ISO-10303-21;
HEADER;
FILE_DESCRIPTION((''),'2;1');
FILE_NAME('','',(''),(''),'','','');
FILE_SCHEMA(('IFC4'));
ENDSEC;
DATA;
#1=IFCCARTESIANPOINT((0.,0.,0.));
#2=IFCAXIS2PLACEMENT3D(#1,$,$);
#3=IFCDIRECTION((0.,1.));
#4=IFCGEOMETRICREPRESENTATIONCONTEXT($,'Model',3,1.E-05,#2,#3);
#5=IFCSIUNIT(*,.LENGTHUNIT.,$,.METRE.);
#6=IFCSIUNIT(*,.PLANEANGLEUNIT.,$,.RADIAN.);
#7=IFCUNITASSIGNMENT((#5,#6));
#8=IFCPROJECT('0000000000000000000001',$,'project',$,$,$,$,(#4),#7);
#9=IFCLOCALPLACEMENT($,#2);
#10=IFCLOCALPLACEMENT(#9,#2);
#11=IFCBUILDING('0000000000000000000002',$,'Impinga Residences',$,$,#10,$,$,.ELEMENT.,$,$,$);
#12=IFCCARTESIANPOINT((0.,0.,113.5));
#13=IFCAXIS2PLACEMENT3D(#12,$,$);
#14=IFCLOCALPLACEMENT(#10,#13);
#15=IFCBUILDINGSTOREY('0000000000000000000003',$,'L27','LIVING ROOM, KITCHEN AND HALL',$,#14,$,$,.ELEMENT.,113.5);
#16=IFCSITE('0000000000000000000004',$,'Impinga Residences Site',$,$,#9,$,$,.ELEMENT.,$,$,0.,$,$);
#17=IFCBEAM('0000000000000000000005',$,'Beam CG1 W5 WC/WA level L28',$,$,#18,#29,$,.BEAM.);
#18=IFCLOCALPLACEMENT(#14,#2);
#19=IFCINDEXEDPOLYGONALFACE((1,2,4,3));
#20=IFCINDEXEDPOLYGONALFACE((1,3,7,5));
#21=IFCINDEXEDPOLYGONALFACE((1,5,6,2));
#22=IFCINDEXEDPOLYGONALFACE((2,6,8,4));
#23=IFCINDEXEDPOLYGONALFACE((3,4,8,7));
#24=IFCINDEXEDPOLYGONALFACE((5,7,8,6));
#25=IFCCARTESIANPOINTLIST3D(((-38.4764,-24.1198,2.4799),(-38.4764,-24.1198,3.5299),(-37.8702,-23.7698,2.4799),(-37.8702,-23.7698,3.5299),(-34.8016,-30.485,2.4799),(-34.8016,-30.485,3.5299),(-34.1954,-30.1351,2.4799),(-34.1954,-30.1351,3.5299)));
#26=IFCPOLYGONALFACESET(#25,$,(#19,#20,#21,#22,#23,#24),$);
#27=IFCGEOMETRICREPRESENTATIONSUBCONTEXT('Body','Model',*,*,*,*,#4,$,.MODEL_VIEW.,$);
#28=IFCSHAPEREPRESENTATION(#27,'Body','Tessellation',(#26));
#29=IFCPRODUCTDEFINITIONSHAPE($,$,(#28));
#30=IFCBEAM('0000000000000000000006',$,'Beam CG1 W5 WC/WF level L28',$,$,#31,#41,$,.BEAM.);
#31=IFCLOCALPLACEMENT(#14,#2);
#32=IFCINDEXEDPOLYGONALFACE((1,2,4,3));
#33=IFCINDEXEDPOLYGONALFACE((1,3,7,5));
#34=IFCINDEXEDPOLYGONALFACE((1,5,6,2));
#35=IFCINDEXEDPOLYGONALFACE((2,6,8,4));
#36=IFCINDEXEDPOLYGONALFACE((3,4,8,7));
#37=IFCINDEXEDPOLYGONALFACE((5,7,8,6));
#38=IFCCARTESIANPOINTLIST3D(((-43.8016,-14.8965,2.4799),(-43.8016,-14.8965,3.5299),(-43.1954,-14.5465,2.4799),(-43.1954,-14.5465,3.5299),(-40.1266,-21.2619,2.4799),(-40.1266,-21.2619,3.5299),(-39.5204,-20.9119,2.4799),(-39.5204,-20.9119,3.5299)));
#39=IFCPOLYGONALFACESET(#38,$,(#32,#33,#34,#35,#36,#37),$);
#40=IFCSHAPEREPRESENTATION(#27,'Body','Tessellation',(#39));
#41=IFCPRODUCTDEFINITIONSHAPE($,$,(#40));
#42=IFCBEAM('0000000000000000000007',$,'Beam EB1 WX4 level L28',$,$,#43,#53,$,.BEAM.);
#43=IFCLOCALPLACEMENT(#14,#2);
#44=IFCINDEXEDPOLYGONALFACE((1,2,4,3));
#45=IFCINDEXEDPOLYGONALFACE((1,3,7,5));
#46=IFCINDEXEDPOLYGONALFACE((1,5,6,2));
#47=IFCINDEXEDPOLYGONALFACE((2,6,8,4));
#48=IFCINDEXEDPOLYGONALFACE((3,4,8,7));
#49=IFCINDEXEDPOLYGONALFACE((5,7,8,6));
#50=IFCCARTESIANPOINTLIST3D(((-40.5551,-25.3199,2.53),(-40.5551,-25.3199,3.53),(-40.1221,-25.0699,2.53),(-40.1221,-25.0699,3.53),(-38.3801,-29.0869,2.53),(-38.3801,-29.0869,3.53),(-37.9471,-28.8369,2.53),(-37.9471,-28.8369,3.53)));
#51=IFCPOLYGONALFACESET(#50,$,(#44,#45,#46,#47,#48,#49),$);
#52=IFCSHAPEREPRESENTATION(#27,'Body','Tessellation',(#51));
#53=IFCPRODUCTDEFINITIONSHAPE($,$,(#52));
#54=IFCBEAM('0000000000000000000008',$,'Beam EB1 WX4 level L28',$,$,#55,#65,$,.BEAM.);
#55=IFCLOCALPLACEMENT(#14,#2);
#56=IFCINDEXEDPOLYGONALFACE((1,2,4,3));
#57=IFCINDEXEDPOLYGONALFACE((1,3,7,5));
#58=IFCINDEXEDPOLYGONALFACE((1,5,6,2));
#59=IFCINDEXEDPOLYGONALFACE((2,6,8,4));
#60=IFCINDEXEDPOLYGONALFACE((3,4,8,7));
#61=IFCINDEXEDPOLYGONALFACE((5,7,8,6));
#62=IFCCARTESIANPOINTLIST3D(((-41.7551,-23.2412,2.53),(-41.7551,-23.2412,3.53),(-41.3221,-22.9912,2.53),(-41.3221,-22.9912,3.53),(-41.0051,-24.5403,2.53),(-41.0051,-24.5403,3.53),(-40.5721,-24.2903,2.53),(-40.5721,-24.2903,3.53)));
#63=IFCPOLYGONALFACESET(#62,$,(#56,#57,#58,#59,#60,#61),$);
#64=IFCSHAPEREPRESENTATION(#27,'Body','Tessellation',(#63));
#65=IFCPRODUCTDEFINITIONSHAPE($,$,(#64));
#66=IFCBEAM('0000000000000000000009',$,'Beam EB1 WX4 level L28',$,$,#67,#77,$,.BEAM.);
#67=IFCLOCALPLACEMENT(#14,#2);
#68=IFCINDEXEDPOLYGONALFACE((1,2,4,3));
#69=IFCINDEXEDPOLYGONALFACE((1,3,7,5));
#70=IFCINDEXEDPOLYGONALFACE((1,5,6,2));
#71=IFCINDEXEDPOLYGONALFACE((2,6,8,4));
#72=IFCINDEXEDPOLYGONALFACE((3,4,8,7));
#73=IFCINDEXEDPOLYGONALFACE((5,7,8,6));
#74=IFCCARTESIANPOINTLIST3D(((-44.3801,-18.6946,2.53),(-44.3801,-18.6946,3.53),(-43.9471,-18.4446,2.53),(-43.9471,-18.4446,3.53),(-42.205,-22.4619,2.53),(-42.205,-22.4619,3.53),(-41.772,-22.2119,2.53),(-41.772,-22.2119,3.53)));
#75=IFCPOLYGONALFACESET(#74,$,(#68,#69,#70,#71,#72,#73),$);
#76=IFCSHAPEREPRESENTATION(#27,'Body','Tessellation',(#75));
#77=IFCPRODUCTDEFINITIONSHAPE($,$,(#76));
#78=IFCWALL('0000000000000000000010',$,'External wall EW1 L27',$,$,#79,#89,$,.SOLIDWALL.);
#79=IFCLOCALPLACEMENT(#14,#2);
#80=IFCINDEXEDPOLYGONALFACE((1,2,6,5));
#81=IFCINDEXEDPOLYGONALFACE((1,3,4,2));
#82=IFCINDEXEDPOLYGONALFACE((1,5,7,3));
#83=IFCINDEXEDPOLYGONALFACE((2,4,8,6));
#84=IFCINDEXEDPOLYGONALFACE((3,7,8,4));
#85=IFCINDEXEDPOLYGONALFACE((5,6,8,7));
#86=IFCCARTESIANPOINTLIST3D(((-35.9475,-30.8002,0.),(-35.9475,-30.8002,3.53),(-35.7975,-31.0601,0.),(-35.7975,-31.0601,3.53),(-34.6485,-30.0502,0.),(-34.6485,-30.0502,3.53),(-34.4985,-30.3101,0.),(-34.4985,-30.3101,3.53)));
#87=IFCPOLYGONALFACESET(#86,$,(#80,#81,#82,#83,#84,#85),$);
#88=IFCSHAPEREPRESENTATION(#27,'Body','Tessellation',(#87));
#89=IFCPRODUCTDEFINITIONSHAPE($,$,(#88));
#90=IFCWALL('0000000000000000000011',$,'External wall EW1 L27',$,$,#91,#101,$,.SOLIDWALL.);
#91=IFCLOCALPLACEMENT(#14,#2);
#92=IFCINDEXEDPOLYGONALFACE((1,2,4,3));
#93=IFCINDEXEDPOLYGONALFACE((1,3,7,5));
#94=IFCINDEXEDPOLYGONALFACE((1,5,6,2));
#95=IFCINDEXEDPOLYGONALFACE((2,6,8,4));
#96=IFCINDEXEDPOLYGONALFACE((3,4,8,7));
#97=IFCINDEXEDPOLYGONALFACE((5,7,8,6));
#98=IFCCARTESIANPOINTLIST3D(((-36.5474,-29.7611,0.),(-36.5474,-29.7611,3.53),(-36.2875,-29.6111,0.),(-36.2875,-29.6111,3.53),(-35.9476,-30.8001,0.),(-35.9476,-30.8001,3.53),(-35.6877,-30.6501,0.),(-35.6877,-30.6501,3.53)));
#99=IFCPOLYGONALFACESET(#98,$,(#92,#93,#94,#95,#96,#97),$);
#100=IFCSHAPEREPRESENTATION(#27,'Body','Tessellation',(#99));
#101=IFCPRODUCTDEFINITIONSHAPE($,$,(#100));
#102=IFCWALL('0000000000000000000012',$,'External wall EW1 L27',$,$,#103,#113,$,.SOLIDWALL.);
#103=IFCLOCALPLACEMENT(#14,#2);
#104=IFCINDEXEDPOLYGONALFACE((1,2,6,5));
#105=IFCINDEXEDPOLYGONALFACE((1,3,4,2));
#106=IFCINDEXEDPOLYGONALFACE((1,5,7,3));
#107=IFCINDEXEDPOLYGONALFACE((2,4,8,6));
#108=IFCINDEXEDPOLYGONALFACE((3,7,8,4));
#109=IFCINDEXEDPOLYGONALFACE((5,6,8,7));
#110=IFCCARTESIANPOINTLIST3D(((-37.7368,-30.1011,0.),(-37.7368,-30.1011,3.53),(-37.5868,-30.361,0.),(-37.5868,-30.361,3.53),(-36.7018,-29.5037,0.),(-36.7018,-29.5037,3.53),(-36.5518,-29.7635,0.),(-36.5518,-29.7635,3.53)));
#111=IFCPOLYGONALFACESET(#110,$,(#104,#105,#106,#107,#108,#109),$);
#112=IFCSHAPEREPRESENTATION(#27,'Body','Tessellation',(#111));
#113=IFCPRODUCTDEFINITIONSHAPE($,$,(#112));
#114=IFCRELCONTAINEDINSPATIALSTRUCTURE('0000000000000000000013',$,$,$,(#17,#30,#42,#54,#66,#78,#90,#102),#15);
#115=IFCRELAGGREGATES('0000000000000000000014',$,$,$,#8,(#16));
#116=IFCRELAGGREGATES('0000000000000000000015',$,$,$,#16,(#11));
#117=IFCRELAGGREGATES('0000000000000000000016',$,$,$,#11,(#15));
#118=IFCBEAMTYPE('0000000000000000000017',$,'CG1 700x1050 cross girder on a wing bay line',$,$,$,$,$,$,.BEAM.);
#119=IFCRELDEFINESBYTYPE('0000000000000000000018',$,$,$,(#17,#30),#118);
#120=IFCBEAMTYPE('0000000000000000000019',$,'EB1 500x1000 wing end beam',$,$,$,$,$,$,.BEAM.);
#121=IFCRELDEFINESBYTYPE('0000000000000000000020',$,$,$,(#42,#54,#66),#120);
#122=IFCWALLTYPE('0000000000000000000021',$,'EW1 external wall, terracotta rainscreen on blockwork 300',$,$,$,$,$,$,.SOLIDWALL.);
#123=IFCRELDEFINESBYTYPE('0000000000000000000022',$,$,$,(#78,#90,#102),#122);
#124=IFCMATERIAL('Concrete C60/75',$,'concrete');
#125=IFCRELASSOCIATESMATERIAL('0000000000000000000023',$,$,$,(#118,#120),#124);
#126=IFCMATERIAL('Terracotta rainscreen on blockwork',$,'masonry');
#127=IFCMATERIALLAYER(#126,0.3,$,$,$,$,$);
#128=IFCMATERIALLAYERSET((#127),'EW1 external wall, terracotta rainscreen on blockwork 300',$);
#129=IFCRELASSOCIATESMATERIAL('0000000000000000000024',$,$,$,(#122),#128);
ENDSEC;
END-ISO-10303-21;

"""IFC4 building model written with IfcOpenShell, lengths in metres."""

from ifc_helpers import new_model, si_unit, direction, frame, frame_2d, origin, origin_2d, place, context, subcontext, project, spatial, rectangle, extrude, material, layer, layer_set, material_profile, profile_set, type_object, element, save


model = new_model("IFC4")

# Units and contexts
model_context = context("Model", 3, precision=1e-05, world=origin(), true_north=direction((0.0, 1.0)))
body_context = subcontext(model_context, "Body", "Model", "MODEL_VIEW")
ifc_project = project(units=[si_unit("LENGTHUNIT", "METRE"), si_unit("PLANEANGLEUNIT", "RADIAN")], contexts=[model_context])

# Site, building, storey
site_placement = place(None, origin())
site = spatial("IfcSite", under=ifc_project, at=site_placement, Name="Impinga Residences Site", CompositionType="ELEMENT", RefElevation=0.0)
building_placement = place(site_placement, origin())
building = spatial("IfcBuilding", under=site, at=building_placement, Name="Impinga Residences", CompositionType="ELEMENT")
storey_placement = place(building_placement, frame((0.0, 0.0, 113.5)))
storey = spatial("IfcBuildingStorey", under=building, at=storey_placement, Name="L27", Description="LIVING ROOM, KITCHEN AND HALL", CompositionType="ELEMENT", Elevation=113.5)

# Beams
ifc_material_1 = material(Name="Concrete C60/75", Category="concrete")
ifc_material_profile_1 = material_profile(ifc_material_1, rectangle(XDim=0.7, YDim=1.05, at=origin_2d()), Name="RC 700x1050")
ifc_profile_set_1 = profile_set([ifc_material_profile_1], Name="Concrete C60/75")
beam_type_1 = type_object("IfcBeamType", Name="CG1 700x1050 cross girder on a wing bay line", PredefinedType="BEAM", material=ifc_profile_set_1)
beam_1_placement = place(storey_placement, frame((-38.1733, -23.9448, 3.0049), z_axis=(0.499983, -0.866035, 0.0), x_axis=(0.866035, 0.499983, 0.0)))
element("IfcBeam", 1, at=beam_1_placement, inside=storey, type_object=beam_type_1, Name="Beam CG1 W5 WC/WA level L28", PredefinedType="BEAM", context=body_context, shape_type="SweptSolid", body=[
    extrude(rectangle(XDim=0.7, YDim=1.05, at=origin_2d()), origin(), (0.0, 0.0, 1.0), 7.3499),
])
beam_2_placement = place(storey_placement, frame((-39.8235, -21.0869, 3.0049), z_axis=(-0.499994, 0.866029, 0.0), x_axis=(-0.866029, -0.499994, 0.0)))
element("IfcBeam", 2, at=beam_2_placement, inside=storey, type_object=beam_type_1, Name="Beam CG1 W5 WC/WF level L28", PredefinedType="BEAM", context=body_context, shape_type="SweptSolid", body=[
    extrude(rectangle(XDim=0.7, YDim=1.05, at=origin_2d()), origin(), (0.0, 0.0, 1.0), 7.3501),
])
ifc_material_profile_2 = material_profile(ifc_material_1, rectangle(XDim=0.5, YDim=1.0, at=origin_2d()), Name="RC 500x1000")
ifc_profile_set_2 = profile_set([ifc_material_profile_2], Name="Concrete C60/75")
beam_type_2 = type_object("IfcBeamType", Name="EB1 500x1000 wing end beam", PredefinedType="BEAM", material=ifc_profile_set_2)
beam_3_placement = place(storey_placement, frame((-38.1636, -28.9619, 3.03), z_axis=(-0.50002, 0.866014, 0.0), x_axis=(-0.866014, -0.50002, 0.0)))
element("IfcBeam", 3, at=beam_3_placement, inside=storey, type_object=beam_type_2, Name="Beam EB1 WX4 level L28", PredefinedType="BEAM", context=body_context, shape_type="SweptSolid", body=[
    extrude(rectangle(XDim=0.5, YDim=1.0, at=origin_2d()), origin(), (0.0, 0.0, 1.0), 4.3499),
])
beam_4_placement = place(storey_placement, frame((-40.7886, -24.4153, 3.03), z_axis=(-0.49999, 0.866031, 0.0), x_axis=(-0.866031, -0.49999, 0.0)))
element("IfcBeam", 4, at=beam_4_placement, inside=storey, type_object=beam_type_2, Name="Beam EB1 WX4 level L28", PredefinedType="BEAM", context=body_context, shape_type="SweptSolid", body=[
    extrude(rectangle(XDim=0.5, YDim=1.0, at=origin_2d()), origin(), (0.0, 0.0, 1.0), 1.5),
])
beam_5_placement = place(storey_placement, frame((-41.9885, -22.3369, 3.03), z_axis=(-0.499996, 0.866028, 0.0), x_axis=(-0.866028, -0.499996, 0.0)))
element("IfcBeam", 5, at=beam_5_placement, inside=storey, type_object=beam_type_2, Name="Beam EB1 WX4 level L28", PredefinedType="BEAM", context=body_context, shape_type="SweptSolid", body=[
    extrude(rectangle(XDim=0.5, YDim=1.0, at=origin_2d()), origin(), (0.0, 0.0, 1.0), 4.3501),
])

# Walls
ifc_material_2 = material(Name="Terracotta rainscreen on blockwork", Category="masonry")
ifc_layer_1 = layer(ifc_material_2, 0.3)
ifc_layer_set_1 = layer_set([ifc_layer_1], Name="EW1 external wall, terracotta rainscreen on blockwork 300")
wall_type_1 = type_object("IfcWallType", Name="EW1 external wall, terracotta rainscreen on blockwork 300", PredefinedType="SOLIDWALL", material=ifc_layer_set_1)
wall_1_placement = place(storey_placement, frame((-34.5735, -30.1802, 0.0), z_axis=(0.0, 0.0, 1.0), x_axis=(-0.866031, -0.49999, 0.0)))
element("IfcWall", 6, at=wall_1_placement, inside=storey, type_object=wall_type_1, Name="External wall EW1 L27", PredefinedType="SOLIDWALL", context=body_context, shape_type="SweptSolid", body=[
    extrude(rectangle(XDim=1.5, YDim=0.3, at=frame_2d((0.75, 0.0))), origin(), (0.0, 0.0, 1.0), 3.53),
])
wall_2_placement = place(storey_placement, frame((-35.8176, -30.7251, 0.0), z_axis=(0.0, 0.0, 1.0), x_axis=(-0.499969, 0.866043, 0.0)))
element("IfcWall", 7, at=wall_2_placement, inside=storey, type_object=wall_type_1, Name="External wall EW1 L27", PredefinedType="SOLIDWALL", context=body_context, shape_type="SweptSolid", body=[
    extrude(rectangle(XDim=1.1997, YDim=0.3, at=frame_2d((0.5999, 0.0))), origin(), (0.0, 0.0, 1.0), 3.53),
])
wall_3_placement = place(storey_placement, frame((-36.6267, -29.6335, 0.0), z_axis=(0.0, 0.0, 1.0), x_axis=(-0.86606, -0.499941, 0.0)))
element("IfcWall", 8, at=wall_3_placement, inside=storey, type_object=wall_type_1, Name="External wall EW1 L27", PredefinedType="SOLIDWALL", context=body_context, shape_type="SweptSolid", body=[
    extrude(rectangle(XDim=1.1951, YDim=0.3, at=frame_2d((0.5977, 0.0))), origin(), (0.0, 0.0, 1.0), 3.53),
])

save(model, "model.ifc")
